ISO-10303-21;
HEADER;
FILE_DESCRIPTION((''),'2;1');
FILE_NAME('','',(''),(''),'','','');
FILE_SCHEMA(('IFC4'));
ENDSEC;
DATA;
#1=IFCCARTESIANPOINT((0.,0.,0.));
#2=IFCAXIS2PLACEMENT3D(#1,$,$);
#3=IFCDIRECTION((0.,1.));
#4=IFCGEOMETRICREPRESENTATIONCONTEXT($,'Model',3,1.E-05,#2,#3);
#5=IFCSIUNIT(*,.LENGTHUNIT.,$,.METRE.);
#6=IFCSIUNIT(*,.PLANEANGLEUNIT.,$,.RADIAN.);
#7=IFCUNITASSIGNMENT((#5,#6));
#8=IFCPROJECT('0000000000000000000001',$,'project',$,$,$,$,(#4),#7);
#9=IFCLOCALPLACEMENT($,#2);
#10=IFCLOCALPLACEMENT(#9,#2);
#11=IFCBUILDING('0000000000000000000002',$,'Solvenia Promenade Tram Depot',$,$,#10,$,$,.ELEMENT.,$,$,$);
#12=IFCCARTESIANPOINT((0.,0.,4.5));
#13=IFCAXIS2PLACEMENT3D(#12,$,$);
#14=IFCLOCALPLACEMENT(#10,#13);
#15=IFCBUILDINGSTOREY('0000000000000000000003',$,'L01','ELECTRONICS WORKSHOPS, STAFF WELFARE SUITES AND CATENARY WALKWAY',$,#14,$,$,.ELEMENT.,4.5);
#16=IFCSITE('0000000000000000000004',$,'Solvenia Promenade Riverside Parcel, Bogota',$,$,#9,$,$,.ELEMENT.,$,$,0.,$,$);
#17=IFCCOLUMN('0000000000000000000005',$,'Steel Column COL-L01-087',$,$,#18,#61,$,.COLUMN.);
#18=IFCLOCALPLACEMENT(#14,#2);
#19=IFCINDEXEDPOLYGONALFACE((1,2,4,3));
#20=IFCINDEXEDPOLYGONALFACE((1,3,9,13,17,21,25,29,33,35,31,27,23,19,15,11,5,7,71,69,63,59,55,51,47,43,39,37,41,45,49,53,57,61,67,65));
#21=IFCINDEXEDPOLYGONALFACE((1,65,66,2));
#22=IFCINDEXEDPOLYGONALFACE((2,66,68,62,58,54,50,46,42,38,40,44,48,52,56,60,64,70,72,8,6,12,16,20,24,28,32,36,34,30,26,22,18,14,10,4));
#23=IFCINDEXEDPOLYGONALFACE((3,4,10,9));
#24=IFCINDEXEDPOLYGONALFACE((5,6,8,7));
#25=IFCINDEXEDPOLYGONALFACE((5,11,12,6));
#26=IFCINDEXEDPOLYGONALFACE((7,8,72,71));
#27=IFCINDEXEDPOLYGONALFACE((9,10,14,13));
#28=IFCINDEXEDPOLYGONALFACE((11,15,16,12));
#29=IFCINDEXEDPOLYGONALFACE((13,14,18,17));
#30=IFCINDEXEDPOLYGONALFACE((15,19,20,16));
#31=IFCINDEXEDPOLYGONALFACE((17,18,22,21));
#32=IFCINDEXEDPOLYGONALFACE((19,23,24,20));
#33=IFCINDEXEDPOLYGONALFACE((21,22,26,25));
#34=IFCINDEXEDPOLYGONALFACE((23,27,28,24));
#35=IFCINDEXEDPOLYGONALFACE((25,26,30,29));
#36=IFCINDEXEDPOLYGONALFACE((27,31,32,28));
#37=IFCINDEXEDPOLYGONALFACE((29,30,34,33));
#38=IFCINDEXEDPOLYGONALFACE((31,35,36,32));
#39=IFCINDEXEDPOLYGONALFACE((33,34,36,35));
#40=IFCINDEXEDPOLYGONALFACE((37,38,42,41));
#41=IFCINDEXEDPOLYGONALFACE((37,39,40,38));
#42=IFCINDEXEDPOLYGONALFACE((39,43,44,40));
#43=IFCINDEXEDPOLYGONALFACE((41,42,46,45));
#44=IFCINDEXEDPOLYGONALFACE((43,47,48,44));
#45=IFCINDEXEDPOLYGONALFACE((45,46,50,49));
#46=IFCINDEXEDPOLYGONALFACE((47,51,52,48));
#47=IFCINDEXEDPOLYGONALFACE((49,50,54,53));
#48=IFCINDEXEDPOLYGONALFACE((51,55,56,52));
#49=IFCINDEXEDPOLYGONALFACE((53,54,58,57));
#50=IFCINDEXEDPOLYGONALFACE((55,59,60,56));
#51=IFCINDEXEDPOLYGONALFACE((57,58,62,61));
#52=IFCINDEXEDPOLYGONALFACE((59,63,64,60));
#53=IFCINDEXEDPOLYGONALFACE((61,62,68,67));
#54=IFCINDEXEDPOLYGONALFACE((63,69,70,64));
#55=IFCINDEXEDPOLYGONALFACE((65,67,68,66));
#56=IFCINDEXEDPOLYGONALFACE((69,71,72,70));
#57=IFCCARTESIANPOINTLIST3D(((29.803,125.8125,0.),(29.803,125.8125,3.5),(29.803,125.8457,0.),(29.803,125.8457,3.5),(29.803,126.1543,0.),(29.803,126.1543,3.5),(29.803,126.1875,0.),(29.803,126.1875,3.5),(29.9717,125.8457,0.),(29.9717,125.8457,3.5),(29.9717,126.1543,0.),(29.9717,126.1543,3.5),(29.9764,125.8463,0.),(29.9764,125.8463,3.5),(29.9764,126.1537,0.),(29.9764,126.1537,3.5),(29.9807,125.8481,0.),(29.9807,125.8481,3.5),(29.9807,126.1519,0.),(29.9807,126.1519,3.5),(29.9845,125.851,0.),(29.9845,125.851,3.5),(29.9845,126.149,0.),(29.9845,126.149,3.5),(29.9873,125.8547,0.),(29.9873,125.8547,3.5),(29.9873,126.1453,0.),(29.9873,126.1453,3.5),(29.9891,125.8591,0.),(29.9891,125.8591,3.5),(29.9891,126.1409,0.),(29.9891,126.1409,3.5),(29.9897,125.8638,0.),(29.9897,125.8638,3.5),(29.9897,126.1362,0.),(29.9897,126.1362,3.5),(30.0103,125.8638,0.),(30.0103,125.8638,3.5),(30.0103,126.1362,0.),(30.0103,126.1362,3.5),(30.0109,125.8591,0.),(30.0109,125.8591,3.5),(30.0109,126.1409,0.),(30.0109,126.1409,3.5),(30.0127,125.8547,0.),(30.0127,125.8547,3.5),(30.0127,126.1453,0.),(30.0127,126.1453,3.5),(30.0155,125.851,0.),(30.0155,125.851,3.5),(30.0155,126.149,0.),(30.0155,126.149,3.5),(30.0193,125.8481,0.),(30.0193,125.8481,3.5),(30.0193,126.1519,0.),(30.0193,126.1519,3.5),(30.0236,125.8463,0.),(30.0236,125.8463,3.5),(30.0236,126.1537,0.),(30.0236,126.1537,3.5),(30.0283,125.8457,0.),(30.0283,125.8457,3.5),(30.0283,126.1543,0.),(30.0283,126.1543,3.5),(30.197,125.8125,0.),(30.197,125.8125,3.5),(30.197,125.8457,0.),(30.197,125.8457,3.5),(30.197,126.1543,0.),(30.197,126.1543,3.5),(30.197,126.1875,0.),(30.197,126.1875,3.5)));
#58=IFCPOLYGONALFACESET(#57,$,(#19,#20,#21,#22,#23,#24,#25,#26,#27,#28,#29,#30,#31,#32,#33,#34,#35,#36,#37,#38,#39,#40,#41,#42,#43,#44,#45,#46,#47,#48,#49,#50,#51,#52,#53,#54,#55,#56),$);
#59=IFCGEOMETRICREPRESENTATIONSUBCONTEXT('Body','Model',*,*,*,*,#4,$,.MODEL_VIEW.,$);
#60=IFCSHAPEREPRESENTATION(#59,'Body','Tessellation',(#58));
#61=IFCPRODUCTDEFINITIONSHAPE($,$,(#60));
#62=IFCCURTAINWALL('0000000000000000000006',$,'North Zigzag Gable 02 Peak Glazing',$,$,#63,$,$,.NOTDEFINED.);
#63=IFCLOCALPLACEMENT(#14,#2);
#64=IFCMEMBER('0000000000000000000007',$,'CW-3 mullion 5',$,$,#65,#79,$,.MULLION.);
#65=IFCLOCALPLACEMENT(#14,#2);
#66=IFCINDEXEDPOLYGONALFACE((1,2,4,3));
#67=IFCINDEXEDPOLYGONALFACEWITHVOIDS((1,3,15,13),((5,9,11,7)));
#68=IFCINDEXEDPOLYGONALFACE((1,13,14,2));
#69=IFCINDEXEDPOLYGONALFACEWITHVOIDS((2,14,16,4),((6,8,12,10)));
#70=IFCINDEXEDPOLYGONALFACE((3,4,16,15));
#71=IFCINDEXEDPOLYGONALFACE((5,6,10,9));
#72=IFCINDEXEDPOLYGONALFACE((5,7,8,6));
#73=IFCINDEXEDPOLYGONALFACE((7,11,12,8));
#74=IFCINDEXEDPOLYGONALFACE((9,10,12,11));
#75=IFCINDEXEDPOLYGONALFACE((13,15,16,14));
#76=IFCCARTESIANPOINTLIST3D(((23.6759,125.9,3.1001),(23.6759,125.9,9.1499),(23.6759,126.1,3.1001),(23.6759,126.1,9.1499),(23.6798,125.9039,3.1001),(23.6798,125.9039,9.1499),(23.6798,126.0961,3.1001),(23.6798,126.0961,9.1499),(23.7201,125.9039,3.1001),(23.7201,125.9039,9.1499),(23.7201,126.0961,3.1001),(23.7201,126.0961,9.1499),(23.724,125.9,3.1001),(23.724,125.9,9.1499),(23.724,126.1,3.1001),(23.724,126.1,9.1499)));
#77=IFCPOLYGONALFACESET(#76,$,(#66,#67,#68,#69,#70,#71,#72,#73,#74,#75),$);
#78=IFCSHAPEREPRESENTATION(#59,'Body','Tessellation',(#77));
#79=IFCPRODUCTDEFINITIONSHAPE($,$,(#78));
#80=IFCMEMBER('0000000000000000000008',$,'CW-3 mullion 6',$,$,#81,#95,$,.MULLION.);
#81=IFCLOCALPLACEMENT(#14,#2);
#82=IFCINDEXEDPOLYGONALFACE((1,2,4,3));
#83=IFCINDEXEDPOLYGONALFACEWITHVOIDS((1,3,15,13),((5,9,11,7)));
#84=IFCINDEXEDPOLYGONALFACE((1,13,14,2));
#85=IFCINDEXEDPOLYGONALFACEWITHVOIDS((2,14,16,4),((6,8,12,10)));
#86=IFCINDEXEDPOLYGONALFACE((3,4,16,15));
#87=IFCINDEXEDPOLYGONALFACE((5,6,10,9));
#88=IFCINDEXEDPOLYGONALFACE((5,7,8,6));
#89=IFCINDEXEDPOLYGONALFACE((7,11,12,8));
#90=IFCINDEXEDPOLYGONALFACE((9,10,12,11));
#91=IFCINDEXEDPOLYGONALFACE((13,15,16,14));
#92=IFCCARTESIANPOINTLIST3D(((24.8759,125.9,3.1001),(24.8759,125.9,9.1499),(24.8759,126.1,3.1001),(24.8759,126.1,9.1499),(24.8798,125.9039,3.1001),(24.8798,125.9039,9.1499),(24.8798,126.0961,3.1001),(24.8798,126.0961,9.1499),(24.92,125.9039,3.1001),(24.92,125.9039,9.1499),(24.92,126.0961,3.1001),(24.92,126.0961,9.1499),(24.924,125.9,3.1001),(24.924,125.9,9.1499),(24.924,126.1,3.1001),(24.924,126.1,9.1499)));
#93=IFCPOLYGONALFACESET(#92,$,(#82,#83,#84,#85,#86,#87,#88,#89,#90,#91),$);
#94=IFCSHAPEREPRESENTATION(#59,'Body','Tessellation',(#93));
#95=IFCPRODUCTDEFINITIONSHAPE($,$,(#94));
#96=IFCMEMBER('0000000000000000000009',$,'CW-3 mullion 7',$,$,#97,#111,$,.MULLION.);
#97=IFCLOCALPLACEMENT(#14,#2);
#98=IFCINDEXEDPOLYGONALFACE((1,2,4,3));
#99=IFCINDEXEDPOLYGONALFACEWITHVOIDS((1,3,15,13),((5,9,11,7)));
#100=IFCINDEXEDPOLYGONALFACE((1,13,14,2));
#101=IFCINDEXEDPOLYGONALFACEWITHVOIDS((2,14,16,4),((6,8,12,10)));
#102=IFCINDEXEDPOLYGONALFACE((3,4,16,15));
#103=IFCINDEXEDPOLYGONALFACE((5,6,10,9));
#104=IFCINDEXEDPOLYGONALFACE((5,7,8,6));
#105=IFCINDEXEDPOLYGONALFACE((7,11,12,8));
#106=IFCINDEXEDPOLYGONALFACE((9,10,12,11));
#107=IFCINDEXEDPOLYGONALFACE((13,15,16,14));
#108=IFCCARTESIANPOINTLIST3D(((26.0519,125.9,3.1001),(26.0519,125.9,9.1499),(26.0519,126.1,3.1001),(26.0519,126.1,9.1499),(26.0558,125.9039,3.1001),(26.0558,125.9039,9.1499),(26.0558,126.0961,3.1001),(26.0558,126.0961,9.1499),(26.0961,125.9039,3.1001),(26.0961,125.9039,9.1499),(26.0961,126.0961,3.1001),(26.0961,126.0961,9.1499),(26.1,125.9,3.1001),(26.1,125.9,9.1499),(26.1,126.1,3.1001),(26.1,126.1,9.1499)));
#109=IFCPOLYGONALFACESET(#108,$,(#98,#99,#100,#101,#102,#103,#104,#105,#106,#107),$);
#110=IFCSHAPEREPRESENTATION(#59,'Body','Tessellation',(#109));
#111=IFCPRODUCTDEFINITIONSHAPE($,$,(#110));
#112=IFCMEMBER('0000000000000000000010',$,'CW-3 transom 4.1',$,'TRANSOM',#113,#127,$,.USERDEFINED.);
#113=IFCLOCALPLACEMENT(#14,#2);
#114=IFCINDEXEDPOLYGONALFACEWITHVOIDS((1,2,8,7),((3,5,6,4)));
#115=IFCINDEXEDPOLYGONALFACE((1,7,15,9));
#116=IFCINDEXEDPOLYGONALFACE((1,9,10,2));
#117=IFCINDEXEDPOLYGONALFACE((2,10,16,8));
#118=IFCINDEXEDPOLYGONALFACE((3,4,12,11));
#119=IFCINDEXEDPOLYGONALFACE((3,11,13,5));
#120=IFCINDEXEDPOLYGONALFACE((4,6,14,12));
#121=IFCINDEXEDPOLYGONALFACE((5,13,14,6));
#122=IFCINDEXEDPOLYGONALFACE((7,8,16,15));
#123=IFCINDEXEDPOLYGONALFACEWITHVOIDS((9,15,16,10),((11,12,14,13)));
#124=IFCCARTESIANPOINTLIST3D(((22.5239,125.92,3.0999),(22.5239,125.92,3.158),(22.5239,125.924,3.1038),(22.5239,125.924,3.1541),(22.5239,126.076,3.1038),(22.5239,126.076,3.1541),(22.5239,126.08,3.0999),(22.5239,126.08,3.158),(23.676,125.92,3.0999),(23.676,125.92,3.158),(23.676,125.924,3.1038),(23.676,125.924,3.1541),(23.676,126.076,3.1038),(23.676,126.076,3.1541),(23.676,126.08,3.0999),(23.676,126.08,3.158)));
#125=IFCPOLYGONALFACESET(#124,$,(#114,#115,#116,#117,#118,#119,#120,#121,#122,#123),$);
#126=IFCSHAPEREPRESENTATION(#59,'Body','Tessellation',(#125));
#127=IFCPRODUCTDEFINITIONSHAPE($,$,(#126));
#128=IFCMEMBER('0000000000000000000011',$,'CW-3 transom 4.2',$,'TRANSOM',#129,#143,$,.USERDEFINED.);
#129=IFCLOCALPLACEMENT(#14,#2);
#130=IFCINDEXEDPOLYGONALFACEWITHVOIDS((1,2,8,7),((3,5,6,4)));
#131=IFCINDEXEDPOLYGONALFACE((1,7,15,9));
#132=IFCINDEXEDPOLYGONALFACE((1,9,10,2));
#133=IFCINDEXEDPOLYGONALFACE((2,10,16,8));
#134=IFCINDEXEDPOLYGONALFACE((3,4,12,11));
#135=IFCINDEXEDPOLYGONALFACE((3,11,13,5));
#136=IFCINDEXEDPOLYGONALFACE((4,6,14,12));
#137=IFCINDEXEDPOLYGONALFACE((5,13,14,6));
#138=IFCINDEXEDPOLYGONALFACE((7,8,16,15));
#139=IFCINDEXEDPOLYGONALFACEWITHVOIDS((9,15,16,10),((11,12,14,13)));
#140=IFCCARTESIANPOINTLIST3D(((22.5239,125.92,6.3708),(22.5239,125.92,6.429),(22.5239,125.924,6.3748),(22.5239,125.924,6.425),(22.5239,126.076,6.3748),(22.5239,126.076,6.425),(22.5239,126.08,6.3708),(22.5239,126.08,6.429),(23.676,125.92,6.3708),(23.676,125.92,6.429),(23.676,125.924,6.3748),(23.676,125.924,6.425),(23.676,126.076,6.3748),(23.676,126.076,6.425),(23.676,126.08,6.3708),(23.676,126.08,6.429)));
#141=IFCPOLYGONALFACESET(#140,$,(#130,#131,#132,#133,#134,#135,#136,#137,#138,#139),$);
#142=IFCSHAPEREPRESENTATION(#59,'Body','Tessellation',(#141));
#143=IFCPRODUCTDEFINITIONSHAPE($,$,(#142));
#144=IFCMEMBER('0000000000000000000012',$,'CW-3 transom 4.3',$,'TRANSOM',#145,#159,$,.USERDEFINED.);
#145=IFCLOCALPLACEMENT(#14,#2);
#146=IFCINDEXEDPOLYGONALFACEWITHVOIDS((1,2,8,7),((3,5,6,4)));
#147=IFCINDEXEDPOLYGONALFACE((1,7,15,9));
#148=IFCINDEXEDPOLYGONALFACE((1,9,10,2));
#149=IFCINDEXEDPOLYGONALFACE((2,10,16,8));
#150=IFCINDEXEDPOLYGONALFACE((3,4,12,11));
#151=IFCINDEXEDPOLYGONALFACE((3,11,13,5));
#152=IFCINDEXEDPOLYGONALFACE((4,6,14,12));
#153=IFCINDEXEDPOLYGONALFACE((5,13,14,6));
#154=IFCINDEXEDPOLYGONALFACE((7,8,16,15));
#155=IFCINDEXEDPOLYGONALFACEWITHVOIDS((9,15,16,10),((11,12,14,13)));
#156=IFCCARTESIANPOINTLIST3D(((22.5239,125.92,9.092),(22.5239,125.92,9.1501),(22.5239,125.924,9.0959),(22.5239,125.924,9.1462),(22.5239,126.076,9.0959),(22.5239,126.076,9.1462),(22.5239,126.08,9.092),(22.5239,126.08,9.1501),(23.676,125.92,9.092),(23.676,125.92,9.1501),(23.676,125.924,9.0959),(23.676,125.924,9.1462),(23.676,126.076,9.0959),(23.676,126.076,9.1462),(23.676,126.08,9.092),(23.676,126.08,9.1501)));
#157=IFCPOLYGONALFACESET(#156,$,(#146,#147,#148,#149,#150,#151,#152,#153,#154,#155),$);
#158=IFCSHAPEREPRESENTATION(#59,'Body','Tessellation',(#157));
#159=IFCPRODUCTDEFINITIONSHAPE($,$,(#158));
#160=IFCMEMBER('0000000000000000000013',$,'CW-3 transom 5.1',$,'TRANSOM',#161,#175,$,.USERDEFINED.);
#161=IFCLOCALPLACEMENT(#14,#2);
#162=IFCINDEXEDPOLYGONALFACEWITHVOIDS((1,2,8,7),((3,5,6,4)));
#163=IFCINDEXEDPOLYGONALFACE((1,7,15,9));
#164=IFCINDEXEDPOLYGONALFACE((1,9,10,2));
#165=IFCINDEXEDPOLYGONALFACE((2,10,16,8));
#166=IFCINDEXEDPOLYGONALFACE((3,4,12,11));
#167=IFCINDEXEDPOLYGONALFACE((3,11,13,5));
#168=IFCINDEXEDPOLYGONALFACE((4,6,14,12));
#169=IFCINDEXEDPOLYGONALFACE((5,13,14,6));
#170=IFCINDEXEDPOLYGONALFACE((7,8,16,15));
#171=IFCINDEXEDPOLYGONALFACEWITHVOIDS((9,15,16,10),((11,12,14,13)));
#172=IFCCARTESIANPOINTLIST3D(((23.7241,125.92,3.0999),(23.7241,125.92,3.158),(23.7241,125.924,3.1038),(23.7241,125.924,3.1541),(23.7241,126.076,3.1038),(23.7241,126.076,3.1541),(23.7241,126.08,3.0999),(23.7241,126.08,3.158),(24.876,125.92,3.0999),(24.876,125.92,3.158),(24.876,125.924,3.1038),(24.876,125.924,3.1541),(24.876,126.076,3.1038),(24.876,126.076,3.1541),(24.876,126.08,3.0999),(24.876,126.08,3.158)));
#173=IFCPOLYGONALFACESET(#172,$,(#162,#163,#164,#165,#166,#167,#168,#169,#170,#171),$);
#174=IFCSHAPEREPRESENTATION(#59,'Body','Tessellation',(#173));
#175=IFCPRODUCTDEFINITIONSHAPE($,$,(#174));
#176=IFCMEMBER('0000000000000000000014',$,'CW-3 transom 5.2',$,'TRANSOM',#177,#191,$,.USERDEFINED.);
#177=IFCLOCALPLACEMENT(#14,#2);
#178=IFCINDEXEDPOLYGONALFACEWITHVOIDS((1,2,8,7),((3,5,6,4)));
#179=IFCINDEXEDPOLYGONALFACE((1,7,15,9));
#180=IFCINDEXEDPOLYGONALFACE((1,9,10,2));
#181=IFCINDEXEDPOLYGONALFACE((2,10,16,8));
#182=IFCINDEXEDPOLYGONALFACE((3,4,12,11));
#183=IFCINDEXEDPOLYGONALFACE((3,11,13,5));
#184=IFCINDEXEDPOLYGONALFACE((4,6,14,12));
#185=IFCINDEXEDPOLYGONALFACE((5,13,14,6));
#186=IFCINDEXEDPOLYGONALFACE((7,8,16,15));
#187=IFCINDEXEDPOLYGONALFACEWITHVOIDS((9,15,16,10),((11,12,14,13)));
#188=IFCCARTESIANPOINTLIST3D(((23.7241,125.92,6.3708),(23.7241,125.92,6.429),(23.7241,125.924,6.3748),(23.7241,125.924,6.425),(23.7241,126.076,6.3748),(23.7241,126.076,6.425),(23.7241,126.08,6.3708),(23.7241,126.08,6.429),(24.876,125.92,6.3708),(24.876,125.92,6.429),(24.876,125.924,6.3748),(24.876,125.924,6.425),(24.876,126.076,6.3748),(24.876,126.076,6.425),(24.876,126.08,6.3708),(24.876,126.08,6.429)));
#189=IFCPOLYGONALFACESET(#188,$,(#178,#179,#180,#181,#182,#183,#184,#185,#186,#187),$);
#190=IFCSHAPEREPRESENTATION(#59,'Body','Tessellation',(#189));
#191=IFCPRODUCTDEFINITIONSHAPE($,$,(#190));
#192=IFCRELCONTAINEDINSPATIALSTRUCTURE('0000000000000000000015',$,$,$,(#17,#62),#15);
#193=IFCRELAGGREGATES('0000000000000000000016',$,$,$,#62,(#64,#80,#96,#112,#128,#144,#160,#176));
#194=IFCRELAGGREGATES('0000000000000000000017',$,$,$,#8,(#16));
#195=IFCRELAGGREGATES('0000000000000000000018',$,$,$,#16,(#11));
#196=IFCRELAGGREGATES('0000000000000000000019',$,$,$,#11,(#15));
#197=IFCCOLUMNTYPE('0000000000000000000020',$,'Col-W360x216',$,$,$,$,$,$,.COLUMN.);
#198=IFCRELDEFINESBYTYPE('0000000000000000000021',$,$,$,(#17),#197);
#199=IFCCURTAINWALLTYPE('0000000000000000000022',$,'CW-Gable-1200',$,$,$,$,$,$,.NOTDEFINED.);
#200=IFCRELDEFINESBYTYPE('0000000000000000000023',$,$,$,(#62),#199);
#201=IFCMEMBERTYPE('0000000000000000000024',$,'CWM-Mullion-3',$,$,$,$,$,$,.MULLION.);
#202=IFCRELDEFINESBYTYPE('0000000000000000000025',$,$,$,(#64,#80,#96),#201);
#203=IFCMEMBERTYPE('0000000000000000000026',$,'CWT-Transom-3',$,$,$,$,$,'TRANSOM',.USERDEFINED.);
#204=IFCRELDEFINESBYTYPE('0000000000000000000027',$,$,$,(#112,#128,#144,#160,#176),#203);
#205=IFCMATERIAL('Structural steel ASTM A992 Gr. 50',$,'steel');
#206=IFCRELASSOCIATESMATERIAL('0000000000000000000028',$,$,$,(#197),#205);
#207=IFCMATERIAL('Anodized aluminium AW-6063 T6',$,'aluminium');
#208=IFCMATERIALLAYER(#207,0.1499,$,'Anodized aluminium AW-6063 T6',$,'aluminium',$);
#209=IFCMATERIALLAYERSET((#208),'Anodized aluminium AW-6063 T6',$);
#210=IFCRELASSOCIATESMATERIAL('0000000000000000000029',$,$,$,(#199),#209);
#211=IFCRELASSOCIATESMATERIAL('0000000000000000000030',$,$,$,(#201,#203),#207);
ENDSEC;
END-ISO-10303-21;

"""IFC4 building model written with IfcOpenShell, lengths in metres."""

from ifc_helpers import new_model, si_unit, direction, frame, origin, origin_2d, place, context, subcontext, project, spatial, hollow_rectangle, i_section, extrude, material, layer, layer_set, material_profile, profile_set, type_object, element, aggregate, save


model = new_model("IFC4")

# Units and contexts
model_context = context("Model", 3, precision=1e-05, world=origin(), true_north=direction((0.0, 1.0)))
body_context = subcontext(model_context, "Body", "Model", "MODEL_VIEW")
ifc_project = project(units=[si_unit("LENGTHUNIT", "METRE"), si_unit("PLANEANGLEUNIT", "RADIAN")], contexts=[model_context])

# Site, building, storey
site_placement = place(None, origin())
site = spatial("IfcSite", under=ifc_project, at=site_placement, Name="Solvenia Promenade Riverside Parcel, Bogota", CompositionType="ELEMENT", RefElevation=0.0)
building_placement = place(site_placement, origin())
building = spatial("IfcBuilding", under=site, at=building_placement, Name="Solvenia Promenade Tram Depot", CompositionType="ELEMENT")
storey_placement = place(building_placement, frame((0.0, 0.0, 4.5)))
storey = spatial("IfcBuildingStorey", under=building, at=storey_placement, Name="L01", Description="ELECTRONICS WORKSHOPS, STAFF WELFARE SUITES AND CATENARY WALKWAY", CompositionType="ELEMENT", Elevation=4.5)

# Column
ifc_material_1 = material(Name="Structural steel ASTM A992 Gr. 50", Category="steel")
ifc_material_profile_1 = material_profile(ifc_material_1, i_section(OverallWidth=0.394, OverallDepth=0.375, WebThickness=0.0205, FlangeThickness=0.0332, FilletRadius=0.0181, at=origin_2d()), Name="W360x216", Category="steel")
ifc_profile_set_1 = profile_set([ifc_material_profile_1], Name="Structural steel ASTM A992 Gr. 50")
column_type = type_object("IfcColumnType", Name="Col-W360x216", PredefinedType="COLUMN", material=ifc_profile_set_1)
column_placement = place(storey_placement, frame((30.0, 126.0, 0.0), z_axis=(0.0, 0.0, 1.0), x_axis=(1.0, 0.0, 0.0)))
element("IfcColumn", 1, at=column_placement, inside=storey, type_object=column_type, Name="Steel Column COL-L01-087", PredefinedType="COLUMN", context=body_context, shape_type="SweptSolid", body=[
    extrude(i_section(OverallWidth=0.394, OverallDepth=0.375, WebThickness=0.0205, FlangeThickness=0.0332, FilletRadius=0.0181, at=origin_2d()), origin(), (0.0, 0.0, 1.0), 3.5),
])

# Curtain wall, members
ifc_material_2 = material(Name="Anodized aluminium AW-6063 T6", Category="aluminium")
ifc_layer_1 = layer(ifc_material_2, 0.1499, Name="Anodized aluminium AW-6063 T6", Category="aluminium")
ifc_layer_set_1 = layer_set([ifc_layer_1], Name="Anodized aluminium AW-6063 T6")
curtain_wall_type = type_object("IfcCurtainWallType", Name="CW-Gable-1200", PredefinedType="NOTDEFINED", material=ifc_layer_set_1)
curtain_wall_placement = place(storey_placement, origin())
curtain_wall = element("IfcCurtainWall", 2, at=curtain_wall_placement, inside=storey, type_object=curtain_wall_type, Name="North Zigzag Gable 02 Peak Glazing", PredefinedType="NOTDEFINED")
ifc_material_profile_2 = material_profile(ifc_material_2, hollow_rectangle(XDim=0.2, YDim=0.0481, WallThickness=0.0039, at=origin_2d()), Name="ALU-M3", Category="aluminium")
ifc_profile_set_2 = profile_set([ifc_material_profile_2], Name="Anodized aluminium AW-6063 T6")
member_type_1 = type_object("IfcMemberType", Name="CWM-Mullion-3", PredefinedType="MULLION", material=ifc_profile_set_2)
member_1_placement = place(storey_placement, frame((23.7, 126.0, 3.1001), z_axis=(0.0, 0.0, 1.0), x_axis=(0.0, 1.0, 0.0)))
member_1 = element("IfcMember", 3, at=member_1_placement, type_object=member_type_1, Name="CW-3 mullion 5", PredefinedType="MULLION", context=body_context, shape_type="SweptSolid", body=[
    extrude(hollow_rectangle(XDim=0.2, YDim=0.0481, WallThickness=0.0039, at=origin_2d()), origin(), (0.0, 0.0, 1.0), 6.0498),
])
member_2_placement = place(storey_placement, frame((24.8999, 126.0, 3.1001), z_axis=(0.0, 0.0, 1.0), x_axis=(0.0, 1.0, 0.0)))
member_2 = element("IfcMember", 4, at=member_2_placement, type_object=member_type_1, Name="CW-3 mullion 6", PredefinedType="MULLION", context=body_context, shape_type="SweptSolid", body=[
    extrude(hollow_rectangle(XDim=0.2, YDim=0.0481, WallThickness=0.0039, at=origin_2d()), origin(), (0.0, 0.0, 1.0), 6.0498),
])
member_3_placement = place(storey_placement, frame((26.0759, 126.0, 3.1001), z_axis=(0.0, 0.0, 1.0), x_axis=(0.0, 1.0, 0.0)))
member_3 = element("IfcMember", 5, at=member_3_placement, type_object=member_type_1, Name="CW-3 mullion 7", PredefinedType="MULLION", context=body_context, shape_type="SweptSolid", body=[
    extrude(hollow_rectangle(XDim=0.2, YDim=0.0481, WallThickness=0.0039, at=origin_2d()), origin(), (0.0, 0.0, 1.0), 6.0498),
])
ifc_material_profile_3 = material_profile(ifc_material_2, hollow_rectangle(XDim=0.1599, YDim=0.0581, WallThickness=0.0039, at=origin_2d()), Name="ALU-T3", Category="aluminium")
ifc_profile_set_3 = profile_set([ifc_material_profile_3], Name="Anodized aluminium AW-6063 T6")
member_type_2 = type_object("IfcMemberType", Name="CWT-Transom-3", ElementType="TRANSOM", PredefinedType="USERDEFINED", material=ifc_profile_set_3)
member_4_placement = place(storey_placement, frame((22.5239, 126.0, 3.1289), z_axis=(1.0, 0.0, 0.0), x_axis=(0.0, 1.0, 0.0)))
member_4 = element("IfcMember", 6, at=member_4_placement, type_object=member_type_2, Name="CW-3 transom 4.1", ObjectType="TRANSOM", PredefinedType="USERDEFINED", context=body_context, shape_type="SweptSolid", body=[
    extrude(hollow_rectangle(XDim=0.1599, YDim=0.0581, WallThickness=0.0039, at=origin_2d()), origin(), (0.0, 0.0, 1.0), 1.1521),
])
member_5_placement = place(storey_placement, frame((22.5239, 126.0, 6.3999), z_axis=(1.0, 0.0, 0.0), x_axis=(0.0, 1.0, 0.0)))
member_5 = element("IfcMember", 7, at=member_5_placement, type_object=member_type_2, Name="CW-3 transom 4.2", ObjectType="TRANSOM", PredefinedType="USERDEFINED", context=body_context, shape_type="SweptSolid", body=[
    extrude(hollow_rectangle(XDim=0.1599, YDim=0.0581, WallThickness=0.0039, at=origin_2d()), origin(), (0.0, 0.0, 1.0), 1.1521),
])
member_6_placement = place(storey_placement, frame((22.5239, 126.0, 9.1211), z_axis=(1.0, 0.0, 0.0), x_axis=(0.0, 1.0, 0.0)))
member_6 = element("IfcMember", 8, at=member_6_placement, type_object=member_type_2, Name="CW-3 transom 4.3", ObjectType="TRANSOM", PredefinedType="USERDEFINED", context=body_context, shape_type="SweptSolid", body=[
    extrude(hollow_rectangle(XDim=0.1599, YDim=0.0581, WallThickness=0.0039, at=origin_2d()), origin(), (0.0, 0.0, 1.0), 1.1521),
])
member_7_placement = place(storey_placement, frame((23.7241, 126.0, 3.1289), z_axis=(1.0, 0.0, 0.0), x_axis=(0.0, 1.0, 0.0)))
member_7 = element("IfcMember", 9, at=member_7_placement, type_object=member_type_2, Name="CW-3 transom 5.1", ObjectType="TRANSOM", PredefinedType="USERDEFINED", context=body_context, shape_type="SweptSolid", body=[
    extrude(hollow_rectangle(XDim=0.1599, YDim=0.0581, WallThickness=0.0039, at=origin_2d()), origin(), (0.0, 0.0, 1.0), 1.1519),
])
member_8_placement = place(storey_placement, frame((23.7241, 126.0, 6.3999), z_axis=(1.0, 0.0, 0.0), x_axis=(0.0, 1.0, 0.0)))
member_8 = element("IfcMember", 10, at=member_8_placement, type_object=member_type_2, Name="CW-3 transom 5.2", ObjectType="TRANSOM", PredefinedType="USERDEFINED", context=body_context, shape_type="SweptSolid", body=[
    extrude(hollow_rectangle(XDim=0.1599, YDim=0.0581, WallThickness=0.0039, at=origin_2d()), origin(), (0.0, 0.0, 1.0), 1.1519),
])

aggregate(curtain_wall, [member_1, member_2, member_3, member_4, member_5, member_6, member_7, member_8])

save(model, "model.ifc")
